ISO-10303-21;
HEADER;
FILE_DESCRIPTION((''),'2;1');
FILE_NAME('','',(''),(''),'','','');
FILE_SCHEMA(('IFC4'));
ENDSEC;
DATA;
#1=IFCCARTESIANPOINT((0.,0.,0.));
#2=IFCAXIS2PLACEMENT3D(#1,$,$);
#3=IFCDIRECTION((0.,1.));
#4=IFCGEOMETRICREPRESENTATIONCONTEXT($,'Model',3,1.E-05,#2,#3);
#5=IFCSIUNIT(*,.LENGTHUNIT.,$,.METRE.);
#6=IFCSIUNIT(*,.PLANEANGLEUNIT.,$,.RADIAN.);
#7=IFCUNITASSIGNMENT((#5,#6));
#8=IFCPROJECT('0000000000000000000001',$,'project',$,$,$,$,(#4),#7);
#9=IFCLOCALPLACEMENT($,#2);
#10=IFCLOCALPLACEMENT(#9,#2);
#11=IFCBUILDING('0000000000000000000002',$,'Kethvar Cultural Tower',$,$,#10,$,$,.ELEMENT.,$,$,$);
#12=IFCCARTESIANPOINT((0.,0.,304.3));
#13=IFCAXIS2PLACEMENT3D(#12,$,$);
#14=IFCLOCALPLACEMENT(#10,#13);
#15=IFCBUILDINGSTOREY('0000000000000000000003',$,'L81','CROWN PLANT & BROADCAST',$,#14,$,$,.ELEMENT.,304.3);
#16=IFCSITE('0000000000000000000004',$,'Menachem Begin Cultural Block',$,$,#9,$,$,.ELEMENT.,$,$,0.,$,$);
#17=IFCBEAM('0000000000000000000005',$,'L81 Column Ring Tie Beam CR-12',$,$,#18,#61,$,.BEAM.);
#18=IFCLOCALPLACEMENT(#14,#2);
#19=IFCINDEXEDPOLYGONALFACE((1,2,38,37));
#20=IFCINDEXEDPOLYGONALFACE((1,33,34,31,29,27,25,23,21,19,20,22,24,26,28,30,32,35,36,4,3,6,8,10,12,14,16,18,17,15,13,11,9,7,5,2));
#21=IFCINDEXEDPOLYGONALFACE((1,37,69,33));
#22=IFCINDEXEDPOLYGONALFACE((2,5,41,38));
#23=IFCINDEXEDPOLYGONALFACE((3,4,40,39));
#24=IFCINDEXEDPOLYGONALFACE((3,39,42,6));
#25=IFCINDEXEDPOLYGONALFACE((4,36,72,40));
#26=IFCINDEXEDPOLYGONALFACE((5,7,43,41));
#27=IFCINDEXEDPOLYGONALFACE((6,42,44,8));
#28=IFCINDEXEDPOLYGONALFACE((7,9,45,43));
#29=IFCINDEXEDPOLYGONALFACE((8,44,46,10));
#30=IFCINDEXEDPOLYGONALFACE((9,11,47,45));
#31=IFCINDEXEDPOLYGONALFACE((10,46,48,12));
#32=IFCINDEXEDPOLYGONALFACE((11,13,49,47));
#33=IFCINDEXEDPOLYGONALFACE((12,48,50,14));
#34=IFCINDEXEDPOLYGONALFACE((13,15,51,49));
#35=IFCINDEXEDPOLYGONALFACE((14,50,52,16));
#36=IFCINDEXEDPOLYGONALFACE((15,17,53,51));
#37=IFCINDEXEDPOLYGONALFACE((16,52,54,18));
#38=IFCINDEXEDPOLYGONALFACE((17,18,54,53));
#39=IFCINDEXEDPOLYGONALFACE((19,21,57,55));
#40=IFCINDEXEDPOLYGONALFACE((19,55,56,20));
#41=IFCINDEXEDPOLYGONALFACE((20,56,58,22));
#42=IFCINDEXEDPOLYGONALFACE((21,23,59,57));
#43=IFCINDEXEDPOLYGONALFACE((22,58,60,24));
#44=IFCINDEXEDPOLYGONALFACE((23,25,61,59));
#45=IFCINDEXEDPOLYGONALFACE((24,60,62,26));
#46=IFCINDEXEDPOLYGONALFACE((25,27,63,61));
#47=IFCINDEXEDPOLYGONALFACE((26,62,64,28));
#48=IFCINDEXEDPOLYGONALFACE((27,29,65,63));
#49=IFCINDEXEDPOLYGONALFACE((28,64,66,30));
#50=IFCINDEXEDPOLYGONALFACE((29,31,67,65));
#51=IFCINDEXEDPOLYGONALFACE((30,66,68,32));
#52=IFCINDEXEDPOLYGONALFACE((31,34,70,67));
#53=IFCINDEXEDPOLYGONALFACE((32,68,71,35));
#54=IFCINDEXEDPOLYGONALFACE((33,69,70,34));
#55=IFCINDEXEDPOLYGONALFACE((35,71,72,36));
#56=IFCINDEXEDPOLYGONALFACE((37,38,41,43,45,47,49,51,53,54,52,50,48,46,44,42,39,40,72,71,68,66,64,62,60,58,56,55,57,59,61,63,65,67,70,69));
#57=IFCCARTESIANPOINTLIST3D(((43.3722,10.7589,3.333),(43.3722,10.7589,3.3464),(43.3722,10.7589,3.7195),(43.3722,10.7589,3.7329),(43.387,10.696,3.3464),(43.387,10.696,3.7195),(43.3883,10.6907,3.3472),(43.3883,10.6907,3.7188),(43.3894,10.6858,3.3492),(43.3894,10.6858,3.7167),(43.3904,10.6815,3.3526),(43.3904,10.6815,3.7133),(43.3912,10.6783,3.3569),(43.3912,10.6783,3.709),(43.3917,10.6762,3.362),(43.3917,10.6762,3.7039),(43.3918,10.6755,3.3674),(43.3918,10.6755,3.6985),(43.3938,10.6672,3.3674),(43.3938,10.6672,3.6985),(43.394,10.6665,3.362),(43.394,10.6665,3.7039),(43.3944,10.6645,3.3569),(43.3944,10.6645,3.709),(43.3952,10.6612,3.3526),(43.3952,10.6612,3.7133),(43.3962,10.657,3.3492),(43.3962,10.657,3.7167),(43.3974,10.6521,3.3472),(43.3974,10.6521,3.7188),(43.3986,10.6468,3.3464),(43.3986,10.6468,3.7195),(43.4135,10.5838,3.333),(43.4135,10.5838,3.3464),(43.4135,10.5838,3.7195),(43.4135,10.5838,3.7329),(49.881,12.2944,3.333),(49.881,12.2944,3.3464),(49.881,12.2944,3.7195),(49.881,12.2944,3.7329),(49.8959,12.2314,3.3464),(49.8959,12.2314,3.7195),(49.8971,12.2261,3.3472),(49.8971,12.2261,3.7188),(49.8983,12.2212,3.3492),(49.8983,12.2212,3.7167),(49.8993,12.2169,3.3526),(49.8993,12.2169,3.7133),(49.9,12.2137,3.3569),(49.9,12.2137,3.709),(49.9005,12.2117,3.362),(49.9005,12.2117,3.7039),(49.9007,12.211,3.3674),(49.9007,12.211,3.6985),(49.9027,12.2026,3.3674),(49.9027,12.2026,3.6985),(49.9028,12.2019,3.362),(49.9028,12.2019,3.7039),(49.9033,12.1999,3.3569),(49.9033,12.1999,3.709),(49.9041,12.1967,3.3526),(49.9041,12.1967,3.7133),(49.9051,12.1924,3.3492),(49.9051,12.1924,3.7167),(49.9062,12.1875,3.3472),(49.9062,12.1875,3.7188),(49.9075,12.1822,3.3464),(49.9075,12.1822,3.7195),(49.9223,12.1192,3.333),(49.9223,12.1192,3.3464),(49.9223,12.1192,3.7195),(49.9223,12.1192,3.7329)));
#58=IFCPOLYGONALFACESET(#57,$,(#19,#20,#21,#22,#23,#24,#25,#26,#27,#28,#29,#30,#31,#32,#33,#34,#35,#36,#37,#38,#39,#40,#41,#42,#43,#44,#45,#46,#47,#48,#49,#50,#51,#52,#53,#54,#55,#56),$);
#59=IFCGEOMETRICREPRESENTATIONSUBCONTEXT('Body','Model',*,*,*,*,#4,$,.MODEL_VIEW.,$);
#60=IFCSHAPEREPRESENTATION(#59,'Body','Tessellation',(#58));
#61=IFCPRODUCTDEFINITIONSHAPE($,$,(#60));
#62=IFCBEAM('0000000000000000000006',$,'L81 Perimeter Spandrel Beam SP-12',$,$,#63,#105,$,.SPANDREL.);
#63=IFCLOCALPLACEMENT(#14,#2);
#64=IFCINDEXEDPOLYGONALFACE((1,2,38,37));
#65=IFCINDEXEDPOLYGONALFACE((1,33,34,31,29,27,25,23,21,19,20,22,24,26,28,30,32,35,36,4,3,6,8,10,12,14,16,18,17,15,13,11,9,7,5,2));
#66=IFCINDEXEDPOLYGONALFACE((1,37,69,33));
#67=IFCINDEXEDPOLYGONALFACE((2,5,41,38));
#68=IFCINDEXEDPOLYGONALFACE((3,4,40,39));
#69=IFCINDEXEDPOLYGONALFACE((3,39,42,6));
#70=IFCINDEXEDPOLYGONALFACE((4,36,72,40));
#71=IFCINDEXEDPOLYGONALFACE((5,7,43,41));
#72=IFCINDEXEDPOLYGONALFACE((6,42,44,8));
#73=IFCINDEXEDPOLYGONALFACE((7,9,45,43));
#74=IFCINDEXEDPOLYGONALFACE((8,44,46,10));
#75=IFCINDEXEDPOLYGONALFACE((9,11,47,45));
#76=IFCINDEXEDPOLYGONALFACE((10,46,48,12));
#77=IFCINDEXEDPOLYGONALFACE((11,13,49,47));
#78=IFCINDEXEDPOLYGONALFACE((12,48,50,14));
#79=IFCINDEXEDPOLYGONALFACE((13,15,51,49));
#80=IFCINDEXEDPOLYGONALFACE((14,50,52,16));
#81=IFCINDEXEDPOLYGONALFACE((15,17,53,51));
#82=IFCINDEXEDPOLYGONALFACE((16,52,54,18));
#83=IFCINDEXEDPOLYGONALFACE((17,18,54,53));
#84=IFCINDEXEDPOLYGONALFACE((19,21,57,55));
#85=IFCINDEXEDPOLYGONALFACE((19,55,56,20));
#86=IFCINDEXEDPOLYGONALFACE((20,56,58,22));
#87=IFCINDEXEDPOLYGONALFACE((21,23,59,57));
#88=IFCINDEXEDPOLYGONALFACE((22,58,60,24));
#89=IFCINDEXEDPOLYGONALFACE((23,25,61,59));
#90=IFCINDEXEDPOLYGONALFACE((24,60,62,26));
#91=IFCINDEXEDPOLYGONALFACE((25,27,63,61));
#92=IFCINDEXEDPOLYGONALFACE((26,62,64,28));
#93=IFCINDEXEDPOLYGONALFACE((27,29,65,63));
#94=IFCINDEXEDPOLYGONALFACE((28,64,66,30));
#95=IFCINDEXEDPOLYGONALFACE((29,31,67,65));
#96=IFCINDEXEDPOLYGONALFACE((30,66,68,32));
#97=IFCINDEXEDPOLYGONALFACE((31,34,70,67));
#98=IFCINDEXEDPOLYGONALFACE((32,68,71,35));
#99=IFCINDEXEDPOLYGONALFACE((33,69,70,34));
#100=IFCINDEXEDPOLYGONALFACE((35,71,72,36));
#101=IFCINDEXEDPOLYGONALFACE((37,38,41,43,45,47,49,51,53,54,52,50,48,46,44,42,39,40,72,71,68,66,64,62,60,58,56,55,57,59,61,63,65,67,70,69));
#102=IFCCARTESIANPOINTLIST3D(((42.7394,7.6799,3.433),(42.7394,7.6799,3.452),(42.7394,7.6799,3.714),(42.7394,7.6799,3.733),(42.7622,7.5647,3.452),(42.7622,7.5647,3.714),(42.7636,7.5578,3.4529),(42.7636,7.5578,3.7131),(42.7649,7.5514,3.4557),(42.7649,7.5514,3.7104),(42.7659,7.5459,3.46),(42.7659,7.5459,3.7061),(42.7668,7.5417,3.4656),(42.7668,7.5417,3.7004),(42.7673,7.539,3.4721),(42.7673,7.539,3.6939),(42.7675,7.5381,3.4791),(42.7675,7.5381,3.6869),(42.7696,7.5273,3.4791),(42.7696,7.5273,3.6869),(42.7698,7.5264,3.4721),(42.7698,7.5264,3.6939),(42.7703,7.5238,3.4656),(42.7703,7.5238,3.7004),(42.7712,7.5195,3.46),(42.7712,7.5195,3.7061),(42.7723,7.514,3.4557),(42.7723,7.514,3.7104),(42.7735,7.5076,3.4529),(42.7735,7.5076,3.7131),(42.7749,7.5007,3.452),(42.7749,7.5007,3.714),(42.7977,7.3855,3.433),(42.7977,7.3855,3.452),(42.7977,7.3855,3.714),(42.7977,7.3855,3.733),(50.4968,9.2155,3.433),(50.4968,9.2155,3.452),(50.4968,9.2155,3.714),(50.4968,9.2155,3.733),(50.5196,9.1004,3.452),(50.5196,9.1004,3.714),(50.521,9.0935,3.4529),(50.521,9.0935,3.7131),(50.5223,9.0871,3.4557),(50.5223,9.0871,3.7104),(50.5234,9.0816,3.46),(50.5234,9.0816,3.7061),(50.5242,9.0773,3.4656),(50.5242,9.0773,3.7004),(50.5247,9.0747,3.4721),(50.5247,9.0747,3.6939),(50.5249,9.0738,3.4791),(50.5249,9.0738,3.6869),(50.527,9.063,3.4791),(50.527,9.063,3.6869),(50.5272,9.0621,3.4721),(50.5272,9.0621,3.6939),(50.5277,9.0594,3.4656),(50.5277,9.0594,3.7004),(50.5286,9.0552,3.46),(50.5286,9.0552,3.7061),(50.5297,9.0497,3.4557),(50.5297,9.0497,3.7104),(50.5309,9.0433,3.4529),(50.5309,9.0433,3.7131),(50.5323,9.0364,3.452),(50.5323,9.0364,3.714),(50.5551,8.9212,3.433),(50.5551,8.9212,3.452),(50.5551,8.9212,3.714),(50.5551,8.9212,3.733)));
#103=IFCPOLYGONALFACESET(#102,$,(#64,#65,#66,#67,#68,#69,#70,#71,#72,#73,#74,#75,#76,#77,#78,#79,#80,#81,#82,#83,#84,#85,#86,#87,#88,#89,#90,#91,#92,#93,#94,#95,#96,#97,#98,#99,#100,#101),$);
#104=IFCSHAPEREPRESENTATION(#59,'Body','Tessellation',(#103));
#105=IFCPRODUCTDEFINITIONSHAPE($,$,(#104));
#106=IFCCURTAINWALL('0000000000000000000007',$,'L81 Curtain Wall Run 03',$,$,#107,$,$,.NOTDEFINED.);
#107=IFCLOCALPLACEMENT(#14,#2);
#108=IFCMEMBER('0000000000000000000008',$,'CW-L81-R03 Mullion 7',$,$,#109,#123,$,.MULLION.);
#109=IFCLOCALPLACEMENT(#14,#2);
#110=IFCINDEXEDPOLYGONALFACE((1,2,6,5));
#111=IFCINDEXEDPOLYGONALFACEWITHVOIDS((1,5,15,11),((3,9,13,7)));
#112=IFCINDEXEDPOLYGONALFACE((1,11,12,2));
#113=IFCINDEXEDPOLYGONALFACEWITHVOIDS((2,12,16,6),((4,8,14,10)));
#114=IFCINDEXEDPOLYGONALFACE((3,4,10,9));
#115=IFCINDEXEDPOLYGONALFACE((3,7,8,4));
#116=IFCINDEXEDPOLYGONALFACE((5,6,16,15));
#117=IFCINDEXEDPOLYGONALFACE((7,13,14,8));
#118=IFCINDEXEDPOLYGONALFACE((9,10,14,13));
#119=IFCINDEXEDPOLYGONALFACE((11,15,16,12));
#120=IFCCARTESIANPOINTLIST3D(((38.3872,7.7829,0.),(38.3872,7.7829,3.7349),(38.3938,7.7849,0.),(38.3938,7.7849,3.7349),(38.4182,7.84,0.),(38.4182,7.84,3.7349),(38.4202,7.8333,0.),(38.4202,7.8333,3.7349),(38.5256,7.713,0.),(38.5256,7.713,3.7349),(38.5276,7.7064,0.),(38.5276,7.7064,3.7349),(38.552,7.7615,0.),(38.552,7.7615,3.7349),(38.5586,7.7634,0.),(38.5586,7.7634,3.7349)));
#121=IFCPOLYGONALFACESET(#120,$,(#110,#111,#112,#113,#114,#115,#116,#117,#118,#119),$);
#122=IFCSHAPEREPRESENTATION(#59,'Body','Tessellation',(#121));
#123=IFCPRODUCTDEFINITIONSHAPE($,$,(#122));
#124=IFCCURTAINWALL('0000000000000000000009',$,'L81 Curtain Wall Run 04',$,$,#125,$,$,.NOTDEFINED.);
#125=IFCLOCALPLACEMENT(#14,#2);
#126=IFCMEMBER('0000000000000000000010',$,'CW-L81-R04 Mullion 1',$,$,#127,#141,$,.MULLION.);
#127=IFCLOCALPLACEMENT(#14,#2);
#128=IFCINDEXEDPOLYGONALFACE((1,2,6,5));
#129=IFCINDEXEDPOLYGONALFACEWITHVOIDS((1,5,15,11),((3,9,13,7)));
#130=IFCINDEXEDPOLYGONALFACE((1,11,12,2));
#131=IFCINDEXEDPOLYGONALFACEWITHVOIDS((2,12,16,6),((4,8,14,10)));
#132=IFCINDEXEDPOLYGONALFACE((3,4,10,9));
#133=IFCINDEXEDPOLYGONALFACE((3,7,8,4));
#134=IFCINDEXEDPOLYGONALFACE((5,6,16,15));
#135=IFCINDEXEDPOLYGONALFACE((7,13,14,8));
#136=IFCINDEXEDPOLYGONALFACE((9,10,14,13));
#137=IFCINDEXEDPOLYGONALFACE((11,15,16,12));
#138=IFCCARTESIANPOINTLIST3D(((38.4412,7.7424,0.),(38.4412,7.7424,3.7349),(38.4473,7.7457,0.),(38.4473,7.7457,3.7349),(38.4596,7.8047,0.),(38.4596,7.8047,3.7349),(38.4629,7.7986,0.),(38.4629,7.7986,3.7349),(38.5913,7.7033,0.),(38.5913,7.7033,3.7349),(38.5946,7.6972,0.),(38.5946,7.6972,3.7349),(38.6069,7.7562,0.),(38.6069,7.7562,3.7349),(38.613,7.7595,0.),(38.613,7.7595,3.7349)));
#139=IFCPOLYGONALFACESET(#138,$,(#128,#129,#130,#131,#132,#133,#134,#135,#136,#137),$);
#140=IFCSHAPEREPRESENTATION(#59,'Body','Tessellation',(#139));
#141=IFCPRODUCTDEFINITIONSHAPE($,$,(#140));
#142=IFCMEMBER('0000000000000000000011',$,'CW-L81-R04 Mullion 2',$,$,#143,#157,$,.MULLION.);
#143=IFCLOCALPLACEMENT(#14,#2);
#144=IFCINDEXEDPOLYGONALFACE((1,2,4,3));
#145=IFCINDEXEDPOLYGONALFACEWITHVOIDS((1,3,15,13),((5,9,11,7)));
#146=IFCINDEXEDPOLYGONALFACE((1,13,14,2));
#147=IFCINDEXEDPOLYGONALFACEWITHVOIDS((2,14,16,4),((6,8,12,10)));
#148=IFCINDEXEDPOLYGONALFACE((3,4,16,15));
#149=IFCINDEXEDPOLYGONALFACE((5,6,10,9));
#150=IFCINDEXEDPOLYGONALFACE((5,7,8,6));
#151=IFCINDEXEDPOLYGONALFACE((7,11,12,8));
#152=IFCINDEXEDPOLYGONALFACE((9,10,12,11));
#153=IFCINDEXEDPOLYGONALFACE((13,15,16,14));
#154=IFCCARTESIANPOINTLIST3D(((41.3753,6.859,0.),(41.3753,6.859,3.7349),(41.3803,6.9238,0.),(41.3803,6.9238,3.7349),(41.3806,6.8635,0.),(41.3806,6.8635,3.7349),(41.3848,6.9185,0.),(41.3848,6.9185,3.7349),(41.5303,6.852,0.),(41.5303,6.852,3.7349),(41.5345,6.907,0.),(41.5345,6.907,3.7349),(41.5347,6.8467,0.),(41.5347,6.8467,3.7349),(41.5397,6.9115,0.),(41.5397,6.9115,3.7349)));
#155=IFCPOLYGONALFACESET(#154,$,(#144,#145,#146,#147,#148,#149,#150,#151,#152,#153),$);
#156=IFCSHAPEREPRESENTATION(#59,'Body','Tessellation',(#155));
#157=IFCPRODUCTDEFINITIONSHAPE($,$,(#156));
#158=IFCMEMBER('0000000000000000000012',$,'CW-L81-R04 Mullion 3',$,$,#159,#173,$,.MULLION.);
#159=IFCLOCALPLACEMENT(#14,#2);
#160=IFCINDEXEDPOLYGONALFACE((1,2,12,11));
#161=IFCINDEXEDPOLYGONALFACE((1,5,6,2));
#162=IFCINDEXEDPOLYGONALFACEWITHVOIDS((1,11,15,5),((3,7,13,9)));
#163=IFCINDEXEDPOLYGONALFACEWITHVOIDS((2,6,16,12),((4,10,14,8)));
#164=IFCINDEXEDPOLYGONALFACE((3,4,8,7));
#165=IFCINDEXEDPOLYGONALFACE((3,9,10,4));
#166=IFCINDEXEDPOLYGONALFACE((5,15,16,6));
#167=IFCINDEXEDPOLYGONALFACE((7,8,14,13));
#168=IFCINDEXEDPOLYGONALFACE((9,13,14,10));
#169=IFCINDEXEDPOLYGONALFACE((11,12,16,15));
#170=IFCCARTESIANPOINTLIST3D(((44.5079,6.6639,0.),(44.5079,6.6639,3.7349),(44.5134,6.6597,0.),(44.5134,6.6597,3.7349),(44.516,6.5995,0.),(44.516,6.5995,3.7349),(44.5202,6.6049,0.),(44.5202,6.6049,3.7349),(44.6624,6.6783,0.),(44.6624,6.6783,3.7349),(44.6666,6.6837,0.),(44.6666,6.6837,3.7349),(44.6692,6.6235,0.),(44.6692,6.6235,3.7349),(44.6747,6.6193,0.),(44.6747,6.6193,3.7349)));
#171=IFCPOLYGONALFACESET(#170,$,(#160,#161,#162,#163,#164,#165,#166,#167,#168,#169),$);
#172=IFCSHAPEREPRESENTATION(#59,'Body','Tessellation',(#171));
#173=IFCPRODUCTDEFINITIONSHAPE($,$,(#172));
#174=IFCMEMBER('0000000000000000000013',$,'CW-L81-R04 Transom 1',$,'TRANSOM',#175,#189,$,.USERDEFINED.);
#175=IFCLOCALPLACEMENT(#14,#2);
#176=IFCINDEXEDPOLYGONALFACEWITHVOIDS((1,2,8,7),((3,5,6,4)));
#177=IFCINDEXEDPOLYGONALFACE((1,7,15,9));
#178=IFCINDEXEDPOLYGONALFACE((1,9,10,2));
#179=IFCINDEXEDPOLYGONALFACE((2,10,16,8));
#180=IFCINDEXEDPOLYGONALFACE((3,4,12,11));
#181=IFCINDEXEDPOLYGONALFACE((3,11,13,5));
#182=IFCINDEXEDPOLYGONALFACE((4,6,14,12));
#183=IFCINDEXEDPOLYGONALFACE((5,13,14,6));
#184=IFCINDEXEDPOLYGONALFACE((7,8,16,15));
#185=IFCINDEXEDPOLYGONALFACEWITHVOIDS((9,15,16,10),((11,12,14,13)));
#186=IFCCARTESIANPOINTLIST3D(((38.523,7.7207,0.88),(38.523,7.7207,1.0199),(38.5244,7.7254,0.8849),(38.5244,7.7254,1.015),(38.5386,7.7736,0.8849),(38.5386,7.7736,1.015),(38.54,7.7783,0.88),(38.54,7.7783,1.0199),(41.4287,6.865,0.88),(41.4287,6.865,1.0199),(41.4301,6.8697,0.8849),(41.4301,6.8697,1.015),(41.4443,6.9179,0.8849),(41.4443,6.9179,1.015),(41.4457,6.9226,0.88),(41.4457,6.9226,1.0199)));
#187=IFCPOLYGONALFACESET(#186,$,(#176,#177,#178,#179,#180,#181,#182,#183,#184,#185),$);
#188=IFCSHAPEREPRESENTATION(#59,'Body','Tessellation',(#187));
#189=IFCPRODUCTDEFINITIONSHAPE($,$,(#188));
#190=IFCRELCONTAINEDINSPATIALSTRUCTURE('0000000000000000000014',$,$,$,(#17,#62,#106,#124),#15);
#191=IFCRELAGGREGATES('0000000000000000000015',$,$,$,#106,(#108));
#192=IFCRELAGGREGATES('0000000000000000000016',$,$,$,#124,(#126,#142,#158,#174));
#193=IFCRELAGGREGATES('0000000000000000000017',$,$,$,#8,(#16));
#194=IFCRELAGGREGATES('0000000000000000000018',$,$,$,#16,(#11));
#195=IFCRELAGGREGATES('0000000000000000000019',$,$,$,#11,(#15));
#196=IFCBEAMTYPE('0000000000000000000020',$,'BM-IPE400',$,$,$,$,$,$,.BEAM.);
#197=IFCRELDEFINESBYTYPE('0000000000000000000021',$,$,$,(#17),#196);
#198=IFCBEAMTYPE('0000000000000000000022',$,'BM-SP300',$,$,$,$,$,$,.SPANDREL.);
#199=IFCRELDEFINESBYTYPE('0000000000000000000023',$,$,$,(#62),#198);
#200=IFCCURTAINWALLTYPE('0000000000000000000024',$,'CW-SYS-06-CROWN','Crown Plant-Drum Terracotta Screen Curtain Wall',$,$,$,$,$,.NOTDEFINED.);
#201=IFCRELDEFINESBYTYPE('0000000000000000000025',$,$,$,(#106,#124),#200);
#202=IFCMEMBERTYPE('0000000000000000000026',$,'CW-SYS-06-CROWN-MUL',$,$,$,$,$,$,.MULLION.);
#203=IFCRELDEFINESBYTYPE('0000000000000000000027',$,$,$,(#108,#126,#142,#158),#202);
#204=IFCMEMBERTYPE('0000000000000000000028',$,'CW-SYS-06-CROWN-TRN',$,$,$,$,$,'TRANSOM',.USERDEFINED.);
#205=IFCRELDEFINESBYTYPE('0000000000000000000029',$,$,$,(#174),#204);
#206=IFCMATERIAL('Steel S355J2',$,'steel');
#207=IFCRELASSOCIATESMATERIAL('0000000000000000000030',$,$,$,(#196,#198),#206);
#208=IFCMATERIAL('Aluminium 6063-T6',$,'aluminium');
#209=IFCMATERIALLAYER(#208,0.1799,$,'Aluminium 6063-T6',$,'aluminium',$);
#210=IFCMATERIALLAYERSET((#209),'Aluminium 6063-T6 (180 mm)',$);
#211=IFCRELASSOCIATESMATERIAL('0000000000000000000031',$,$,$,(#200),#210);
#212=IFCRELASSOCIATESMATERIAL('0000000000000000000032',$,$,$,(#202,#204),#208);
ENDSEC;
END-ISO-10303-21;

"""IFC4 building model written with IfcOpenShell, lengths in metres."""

from ifc_helpers import new_model, si_unit, direction, frame, origin, origin_2d, place, context, subcontext, project, spatial, hollow_rectangle, i_section, extrude, source, transform, mapped, material, layer, layer_set, material_profile, profile_set, type_object, element, aggregate, save


model = new_model("IFC4")

# Units and contexts
model_context = context("Model", 3, precision=1e-05, world=origin(), true_north=direction((0.0, 1.0)))
body_context = subcontext(model_context, "Body", "Model", "MODEL_VIEW")
ifc_project = project(units=[si_unit("LENGTHUNIT", "METRE"), si_unit("PLANEANGLEUNIT", "RADIAN")], contexts=[model_context])

# Site, building, storey
site_placement = place(None, origin())
site = spatial("IfcSite", under=ifc_project, at=site_placement, Name="Menachem Begin Cultural Block", CompositionType="ELEMENT", RefElevation=0.0)
building_placement = place(site_placement, origin())
building = spatial("IfcBuilding", under=site, at=building_placement, Name="Kethvar Cultural Tower", CompositionType="ELEMENT")
storey_placement = place(building_placement, frame((0.0, 0.0, 304.3)))
storey = spatial("IfcBuildingStorey", under=building, at=storey_placement, Name="L81", Description="CROWN PLANT & BROADCAST", CompositionType="ELEMENT", Elevation=304.3)

# Shared definitions
ifc_material_1 = material(Name="Steel S355J2", Category="steel")

# Beams
ifc_material_profile_1 = material_profile(ifc_material_1, i_section(OverallWidth=0.1799, OverallDepth=0.3999, WebThickness=0.0085, FlangeThickness=0.0134, FilletRadius=0.021, at=origin_2d()), Name="Steel S355J2 — IPE400")
ifc_profile_set_1 = profile_set([ifc_material_profile_1], Name="Steel S355J2 — IPE400")
beam_type_1 = type_object("IfcBeamType", Name="BM-IPE400", PredefinedType="BEAM", material=ifc_profile_set_1)
shared_shape_1 = source(origin(), body_context, "Body", "SweptSolid", [
    extrude(i_section(OverallWidth=0.1799, OverallDepth=0.3999, WebThickness=0.0085, FlangeThickness=0.0134, FilletRadius=0.021, at=origin_2d()), origin(), (0.0, 0.0, 1.0), 6.6875),
])
beam_1_placement = place(storey_placement, frame((43.3928, 10.6714, 3.533), z_axis=(0.973286, 0.229595, 0.0), x_axis=(-0.229595, 0.973286, 0.0)))
element("IfcBeam", 1, at=beam_1_placement, inside=storey, type_object=beam_type_1, Name="L81 Column Ring Tie Beam CR-12", PredefinedType="BEAM", context=body_context, shape_type="MappedRepresentation", body=[
    mapped(shared_shape_1, transform((0.0, 0.0, 0.0), scale=1.0)),
])
ifc_material_profile_2 = material_profile(ifc_material_1, i_section(OverallWidth=0.3, OverallDepth=0.3, WebThickness=0.011, FlangeThickness=0.019, FilletRadius=0.0271, at=origin_2d()), Name="Steel S355J2 — HEB300")
ifc_profile_set_2 = profile_set([ifc_material_profile_2], Name="Steel S355J2 — HEB300")
beam_type_2 = type_object("IfcBeamType", Name="BM-SP300", PredefinedType="SPANDREL", material=ifc_profile_set_2)
shared_shape_2 = source(origin(), body_context, "Body", "SweptSolid", [
    extrude(i_section(OverallWidth=0.3, OverallDepth=0.3, WebThickness=0.011, FlangeThickness=0.019, FilletRadius=0.0271, at=origin_2d()), origin(), (0.0, 0.0, 1.0), 7.908),
])
beam_2_placement = place(storey_placement, frame((42.7686, 7.5327, 3.583), z_axis=(0.980964, 0.194192, 0.0), x_axis=(-0.194192, 0.980964, 0.0)))
element("IfcBeam", 2, at=beam_2_placement, inside=storey, type_object=beam_type_2, Name="L81 Perimeter Spandrel Beam SP-12", PredefinedType="SPANDREL", context=body_context, shape_type="MappedRepresentation", body=[
    mapped(shared_shape_2, transform((0.0, 0.0, 0.0), scale=1.0)),
])

# Curtain wall, member
ifc_material_2 = material(Name="Aluminium 6063-T6", Category="aluminium")
ifc_layer_1 = layer(ifc_material_2, 0.1799, Name="Aluminium 6063-T6", Category="aluminium")
ifc_layer_set_1 = layer_set([ifc_layer_1], Name="Aluminium 6063-T6 (180 mm)")
curtain_wall_type = type_object("IfcCurtainWallType", Name="CW-SYS-06-CROWN", Description="Crown Plant-Drum Terracotta Screen Curtain Wall", PredefinedType="NOTDEFINED", material=ifc_layer_set_1)
curtain_wall_1_placement = place(storey_placement, origin())
curtain_wall_1 = element("IfcCurtainWall", 3, at=curtain_wall_1_placement, inside=storey, type_object=curtain_wall_type, Name="L81 Curtain Wall Run 03", PredefinedType="NOTDEFINED")
ifc_material_profile_3 = material_profile(ifc_material_2, hollow_rectangle(XDim=0.0649, YDim=0.1599, WallThickness=0.0049, at=origin_2d()), Name="Aluminium 6063-T6 — RHS160x65x5")
ifc_profile_set_3 = profile_set([ifc_material_profile_3], Name="Aluminium 6063-T6 — RHS160x65x5")
member_type_1 = type_object("IfcMemberType", Name="CW-SYS-06-CROWN-MUL", PredefinedType="MULLION", material=ifc_profile_set_3)
shared_shape_3 = source(origin(), body_context, "Body", "SweptSolid", [
    extrude(hollow_rectangle(XDim=0.0649, YDim=0.1599, WallThickness=0.0049, at=origin_2d()), origin(), (0.0, 0.0, 1.0), 3.7349),
])
member_1_placement = place(storey_placement, frame((38.4729, 7.7732, 0.0), z_axis=(0.0, 0.0, 1.0), x_axis=(0.478554, 0.878058, 0.0)))
member_1 = element("IfcMember", 4, at=member_1_placement, type_object=member_type_1, Name="CW-L81-R03 Mullion 7", PredefinedType="MULLION", context=body_context, shape_type="MappedRepresentation", body=[
    mapped(shared_shape_3, transform((0.0, 0.0, 0.0), scale=1.0)),
])
aggregate(curtain_wall_1, [member_1])

# Curtain wall, members
curtain_wall_2_placement = place(storey_placement, origin())
curtain_wall_2 = element("IfcCurtainWall", 5, at=curtain_wall_2_placement, inside=storey, type_object=curtain_wall_type, Name="L81 Curtain Wall Run 04", PredefinedType="NOTDEFINED")
member_2_placement = place(storey_placement, frame((38.5271, 7.751, 0.0), z_axis=(0.0, 0.0, 1.0), x_axis=(0.282475, 0.959275, 0.0)))
member_2 = element("IfcMember", 6, at=member_2_placement, type_object=member_type_1, Name="CW-L81-R04 Mullion 1", PredefinedType="MULLION", context=body_context, shape_type="MappedRepresentation", body=[
    mapped(shared_shape_3, transform((0.0, 0.0, 0.0), scale=1.0)),
])
member_3_placement = place(storey_placement, frame((41.4575, 6.8853, 0.0), z_axis=(0.0, 0.0, 1.0), x_axis=(0.076719, 0.997053, 0.0)))
member_3 = element("IfcMember", 7, at=member_3_placement, type_object=member_type_1, Name="CW-L81-R04 Mullion 2", PredefinedType="MULLION", context=body_context, shape_type="MappedRepresentation", body=[
    mapped(shared_shape_3, transform((0.0, 0.0, 0.0), scale=1.0)),
])
member_4_placement = place(storey_placement, frame((44.5913, 6.6416, 0.0), z_axis=(0.0, 0.0, 1.0), x_axis=(-0.124156, 0.992263, 0.0)))
member_4 = element("IfcMember", 8, at=member_4_placement, type_object=member_type_1, Name="CW-L81-R04 Mullion 3", PredefinedType="MULLION", context=body_context, shape_type="MappedRepresentation", body=[
    mapped(shared_shape_3, transform((0.0, 0.0, 0.0), scale=1.0)),
])
ifc_material_profile_4 = material_profile(ifc_material_2, hollow_rectangle(XDim=0.0601, YDim=0.1399, WallThickness=0.0049, at=origin_2d()), Name="Aluminium 6063-T6 — RHS140x60x5")
ifc_profile_set_4 = profile_set([ifc_material_profile_4], Name="Aluminium 6063-T6 — RHS140x60x5")
member_type_2 = type_object("IfcMemberType", Name="CW-SYS-06-CROWN-TRN", ElementType="TRANSOM", PredefinedType="USERDEFINED", material=ifc_profile_set_4)
shared_shape_4 = source(origin(), body_context, "Body", "SweptSolid", [
    extrude(hollow_rectangle(XDim=0.0601, YDim=0.1399, WallThickness=0.0049, at=origin_2d()), origin(), (0.0, 0.0, 1.0), 3.0291),
])
member_5_placement = place(storey_placement, frame((38.5315, 7.7495, 0.95), z_axis=(0.959269, -0.282494, 0.0), x_axis=(0.282494, 0.959269, 0.0)))
member_5 = element("IfcMember", 9, at=member_5_placement, type_object=member_type_2, Name="CW-L81-R04 Transom 1", ObjectType="TRANSOM", PredefinedType="USERDEFINED", context=body_context, shape_type="MappedRepresentation", body=[
    mapped(shared_shape_4, transform((0.0, 0.0, 0.0), scale=1.0)),
])
aggregate(curtain_wall_2, [member_2, member_3, member_4, member_5])

save(model, "model.ifc")
